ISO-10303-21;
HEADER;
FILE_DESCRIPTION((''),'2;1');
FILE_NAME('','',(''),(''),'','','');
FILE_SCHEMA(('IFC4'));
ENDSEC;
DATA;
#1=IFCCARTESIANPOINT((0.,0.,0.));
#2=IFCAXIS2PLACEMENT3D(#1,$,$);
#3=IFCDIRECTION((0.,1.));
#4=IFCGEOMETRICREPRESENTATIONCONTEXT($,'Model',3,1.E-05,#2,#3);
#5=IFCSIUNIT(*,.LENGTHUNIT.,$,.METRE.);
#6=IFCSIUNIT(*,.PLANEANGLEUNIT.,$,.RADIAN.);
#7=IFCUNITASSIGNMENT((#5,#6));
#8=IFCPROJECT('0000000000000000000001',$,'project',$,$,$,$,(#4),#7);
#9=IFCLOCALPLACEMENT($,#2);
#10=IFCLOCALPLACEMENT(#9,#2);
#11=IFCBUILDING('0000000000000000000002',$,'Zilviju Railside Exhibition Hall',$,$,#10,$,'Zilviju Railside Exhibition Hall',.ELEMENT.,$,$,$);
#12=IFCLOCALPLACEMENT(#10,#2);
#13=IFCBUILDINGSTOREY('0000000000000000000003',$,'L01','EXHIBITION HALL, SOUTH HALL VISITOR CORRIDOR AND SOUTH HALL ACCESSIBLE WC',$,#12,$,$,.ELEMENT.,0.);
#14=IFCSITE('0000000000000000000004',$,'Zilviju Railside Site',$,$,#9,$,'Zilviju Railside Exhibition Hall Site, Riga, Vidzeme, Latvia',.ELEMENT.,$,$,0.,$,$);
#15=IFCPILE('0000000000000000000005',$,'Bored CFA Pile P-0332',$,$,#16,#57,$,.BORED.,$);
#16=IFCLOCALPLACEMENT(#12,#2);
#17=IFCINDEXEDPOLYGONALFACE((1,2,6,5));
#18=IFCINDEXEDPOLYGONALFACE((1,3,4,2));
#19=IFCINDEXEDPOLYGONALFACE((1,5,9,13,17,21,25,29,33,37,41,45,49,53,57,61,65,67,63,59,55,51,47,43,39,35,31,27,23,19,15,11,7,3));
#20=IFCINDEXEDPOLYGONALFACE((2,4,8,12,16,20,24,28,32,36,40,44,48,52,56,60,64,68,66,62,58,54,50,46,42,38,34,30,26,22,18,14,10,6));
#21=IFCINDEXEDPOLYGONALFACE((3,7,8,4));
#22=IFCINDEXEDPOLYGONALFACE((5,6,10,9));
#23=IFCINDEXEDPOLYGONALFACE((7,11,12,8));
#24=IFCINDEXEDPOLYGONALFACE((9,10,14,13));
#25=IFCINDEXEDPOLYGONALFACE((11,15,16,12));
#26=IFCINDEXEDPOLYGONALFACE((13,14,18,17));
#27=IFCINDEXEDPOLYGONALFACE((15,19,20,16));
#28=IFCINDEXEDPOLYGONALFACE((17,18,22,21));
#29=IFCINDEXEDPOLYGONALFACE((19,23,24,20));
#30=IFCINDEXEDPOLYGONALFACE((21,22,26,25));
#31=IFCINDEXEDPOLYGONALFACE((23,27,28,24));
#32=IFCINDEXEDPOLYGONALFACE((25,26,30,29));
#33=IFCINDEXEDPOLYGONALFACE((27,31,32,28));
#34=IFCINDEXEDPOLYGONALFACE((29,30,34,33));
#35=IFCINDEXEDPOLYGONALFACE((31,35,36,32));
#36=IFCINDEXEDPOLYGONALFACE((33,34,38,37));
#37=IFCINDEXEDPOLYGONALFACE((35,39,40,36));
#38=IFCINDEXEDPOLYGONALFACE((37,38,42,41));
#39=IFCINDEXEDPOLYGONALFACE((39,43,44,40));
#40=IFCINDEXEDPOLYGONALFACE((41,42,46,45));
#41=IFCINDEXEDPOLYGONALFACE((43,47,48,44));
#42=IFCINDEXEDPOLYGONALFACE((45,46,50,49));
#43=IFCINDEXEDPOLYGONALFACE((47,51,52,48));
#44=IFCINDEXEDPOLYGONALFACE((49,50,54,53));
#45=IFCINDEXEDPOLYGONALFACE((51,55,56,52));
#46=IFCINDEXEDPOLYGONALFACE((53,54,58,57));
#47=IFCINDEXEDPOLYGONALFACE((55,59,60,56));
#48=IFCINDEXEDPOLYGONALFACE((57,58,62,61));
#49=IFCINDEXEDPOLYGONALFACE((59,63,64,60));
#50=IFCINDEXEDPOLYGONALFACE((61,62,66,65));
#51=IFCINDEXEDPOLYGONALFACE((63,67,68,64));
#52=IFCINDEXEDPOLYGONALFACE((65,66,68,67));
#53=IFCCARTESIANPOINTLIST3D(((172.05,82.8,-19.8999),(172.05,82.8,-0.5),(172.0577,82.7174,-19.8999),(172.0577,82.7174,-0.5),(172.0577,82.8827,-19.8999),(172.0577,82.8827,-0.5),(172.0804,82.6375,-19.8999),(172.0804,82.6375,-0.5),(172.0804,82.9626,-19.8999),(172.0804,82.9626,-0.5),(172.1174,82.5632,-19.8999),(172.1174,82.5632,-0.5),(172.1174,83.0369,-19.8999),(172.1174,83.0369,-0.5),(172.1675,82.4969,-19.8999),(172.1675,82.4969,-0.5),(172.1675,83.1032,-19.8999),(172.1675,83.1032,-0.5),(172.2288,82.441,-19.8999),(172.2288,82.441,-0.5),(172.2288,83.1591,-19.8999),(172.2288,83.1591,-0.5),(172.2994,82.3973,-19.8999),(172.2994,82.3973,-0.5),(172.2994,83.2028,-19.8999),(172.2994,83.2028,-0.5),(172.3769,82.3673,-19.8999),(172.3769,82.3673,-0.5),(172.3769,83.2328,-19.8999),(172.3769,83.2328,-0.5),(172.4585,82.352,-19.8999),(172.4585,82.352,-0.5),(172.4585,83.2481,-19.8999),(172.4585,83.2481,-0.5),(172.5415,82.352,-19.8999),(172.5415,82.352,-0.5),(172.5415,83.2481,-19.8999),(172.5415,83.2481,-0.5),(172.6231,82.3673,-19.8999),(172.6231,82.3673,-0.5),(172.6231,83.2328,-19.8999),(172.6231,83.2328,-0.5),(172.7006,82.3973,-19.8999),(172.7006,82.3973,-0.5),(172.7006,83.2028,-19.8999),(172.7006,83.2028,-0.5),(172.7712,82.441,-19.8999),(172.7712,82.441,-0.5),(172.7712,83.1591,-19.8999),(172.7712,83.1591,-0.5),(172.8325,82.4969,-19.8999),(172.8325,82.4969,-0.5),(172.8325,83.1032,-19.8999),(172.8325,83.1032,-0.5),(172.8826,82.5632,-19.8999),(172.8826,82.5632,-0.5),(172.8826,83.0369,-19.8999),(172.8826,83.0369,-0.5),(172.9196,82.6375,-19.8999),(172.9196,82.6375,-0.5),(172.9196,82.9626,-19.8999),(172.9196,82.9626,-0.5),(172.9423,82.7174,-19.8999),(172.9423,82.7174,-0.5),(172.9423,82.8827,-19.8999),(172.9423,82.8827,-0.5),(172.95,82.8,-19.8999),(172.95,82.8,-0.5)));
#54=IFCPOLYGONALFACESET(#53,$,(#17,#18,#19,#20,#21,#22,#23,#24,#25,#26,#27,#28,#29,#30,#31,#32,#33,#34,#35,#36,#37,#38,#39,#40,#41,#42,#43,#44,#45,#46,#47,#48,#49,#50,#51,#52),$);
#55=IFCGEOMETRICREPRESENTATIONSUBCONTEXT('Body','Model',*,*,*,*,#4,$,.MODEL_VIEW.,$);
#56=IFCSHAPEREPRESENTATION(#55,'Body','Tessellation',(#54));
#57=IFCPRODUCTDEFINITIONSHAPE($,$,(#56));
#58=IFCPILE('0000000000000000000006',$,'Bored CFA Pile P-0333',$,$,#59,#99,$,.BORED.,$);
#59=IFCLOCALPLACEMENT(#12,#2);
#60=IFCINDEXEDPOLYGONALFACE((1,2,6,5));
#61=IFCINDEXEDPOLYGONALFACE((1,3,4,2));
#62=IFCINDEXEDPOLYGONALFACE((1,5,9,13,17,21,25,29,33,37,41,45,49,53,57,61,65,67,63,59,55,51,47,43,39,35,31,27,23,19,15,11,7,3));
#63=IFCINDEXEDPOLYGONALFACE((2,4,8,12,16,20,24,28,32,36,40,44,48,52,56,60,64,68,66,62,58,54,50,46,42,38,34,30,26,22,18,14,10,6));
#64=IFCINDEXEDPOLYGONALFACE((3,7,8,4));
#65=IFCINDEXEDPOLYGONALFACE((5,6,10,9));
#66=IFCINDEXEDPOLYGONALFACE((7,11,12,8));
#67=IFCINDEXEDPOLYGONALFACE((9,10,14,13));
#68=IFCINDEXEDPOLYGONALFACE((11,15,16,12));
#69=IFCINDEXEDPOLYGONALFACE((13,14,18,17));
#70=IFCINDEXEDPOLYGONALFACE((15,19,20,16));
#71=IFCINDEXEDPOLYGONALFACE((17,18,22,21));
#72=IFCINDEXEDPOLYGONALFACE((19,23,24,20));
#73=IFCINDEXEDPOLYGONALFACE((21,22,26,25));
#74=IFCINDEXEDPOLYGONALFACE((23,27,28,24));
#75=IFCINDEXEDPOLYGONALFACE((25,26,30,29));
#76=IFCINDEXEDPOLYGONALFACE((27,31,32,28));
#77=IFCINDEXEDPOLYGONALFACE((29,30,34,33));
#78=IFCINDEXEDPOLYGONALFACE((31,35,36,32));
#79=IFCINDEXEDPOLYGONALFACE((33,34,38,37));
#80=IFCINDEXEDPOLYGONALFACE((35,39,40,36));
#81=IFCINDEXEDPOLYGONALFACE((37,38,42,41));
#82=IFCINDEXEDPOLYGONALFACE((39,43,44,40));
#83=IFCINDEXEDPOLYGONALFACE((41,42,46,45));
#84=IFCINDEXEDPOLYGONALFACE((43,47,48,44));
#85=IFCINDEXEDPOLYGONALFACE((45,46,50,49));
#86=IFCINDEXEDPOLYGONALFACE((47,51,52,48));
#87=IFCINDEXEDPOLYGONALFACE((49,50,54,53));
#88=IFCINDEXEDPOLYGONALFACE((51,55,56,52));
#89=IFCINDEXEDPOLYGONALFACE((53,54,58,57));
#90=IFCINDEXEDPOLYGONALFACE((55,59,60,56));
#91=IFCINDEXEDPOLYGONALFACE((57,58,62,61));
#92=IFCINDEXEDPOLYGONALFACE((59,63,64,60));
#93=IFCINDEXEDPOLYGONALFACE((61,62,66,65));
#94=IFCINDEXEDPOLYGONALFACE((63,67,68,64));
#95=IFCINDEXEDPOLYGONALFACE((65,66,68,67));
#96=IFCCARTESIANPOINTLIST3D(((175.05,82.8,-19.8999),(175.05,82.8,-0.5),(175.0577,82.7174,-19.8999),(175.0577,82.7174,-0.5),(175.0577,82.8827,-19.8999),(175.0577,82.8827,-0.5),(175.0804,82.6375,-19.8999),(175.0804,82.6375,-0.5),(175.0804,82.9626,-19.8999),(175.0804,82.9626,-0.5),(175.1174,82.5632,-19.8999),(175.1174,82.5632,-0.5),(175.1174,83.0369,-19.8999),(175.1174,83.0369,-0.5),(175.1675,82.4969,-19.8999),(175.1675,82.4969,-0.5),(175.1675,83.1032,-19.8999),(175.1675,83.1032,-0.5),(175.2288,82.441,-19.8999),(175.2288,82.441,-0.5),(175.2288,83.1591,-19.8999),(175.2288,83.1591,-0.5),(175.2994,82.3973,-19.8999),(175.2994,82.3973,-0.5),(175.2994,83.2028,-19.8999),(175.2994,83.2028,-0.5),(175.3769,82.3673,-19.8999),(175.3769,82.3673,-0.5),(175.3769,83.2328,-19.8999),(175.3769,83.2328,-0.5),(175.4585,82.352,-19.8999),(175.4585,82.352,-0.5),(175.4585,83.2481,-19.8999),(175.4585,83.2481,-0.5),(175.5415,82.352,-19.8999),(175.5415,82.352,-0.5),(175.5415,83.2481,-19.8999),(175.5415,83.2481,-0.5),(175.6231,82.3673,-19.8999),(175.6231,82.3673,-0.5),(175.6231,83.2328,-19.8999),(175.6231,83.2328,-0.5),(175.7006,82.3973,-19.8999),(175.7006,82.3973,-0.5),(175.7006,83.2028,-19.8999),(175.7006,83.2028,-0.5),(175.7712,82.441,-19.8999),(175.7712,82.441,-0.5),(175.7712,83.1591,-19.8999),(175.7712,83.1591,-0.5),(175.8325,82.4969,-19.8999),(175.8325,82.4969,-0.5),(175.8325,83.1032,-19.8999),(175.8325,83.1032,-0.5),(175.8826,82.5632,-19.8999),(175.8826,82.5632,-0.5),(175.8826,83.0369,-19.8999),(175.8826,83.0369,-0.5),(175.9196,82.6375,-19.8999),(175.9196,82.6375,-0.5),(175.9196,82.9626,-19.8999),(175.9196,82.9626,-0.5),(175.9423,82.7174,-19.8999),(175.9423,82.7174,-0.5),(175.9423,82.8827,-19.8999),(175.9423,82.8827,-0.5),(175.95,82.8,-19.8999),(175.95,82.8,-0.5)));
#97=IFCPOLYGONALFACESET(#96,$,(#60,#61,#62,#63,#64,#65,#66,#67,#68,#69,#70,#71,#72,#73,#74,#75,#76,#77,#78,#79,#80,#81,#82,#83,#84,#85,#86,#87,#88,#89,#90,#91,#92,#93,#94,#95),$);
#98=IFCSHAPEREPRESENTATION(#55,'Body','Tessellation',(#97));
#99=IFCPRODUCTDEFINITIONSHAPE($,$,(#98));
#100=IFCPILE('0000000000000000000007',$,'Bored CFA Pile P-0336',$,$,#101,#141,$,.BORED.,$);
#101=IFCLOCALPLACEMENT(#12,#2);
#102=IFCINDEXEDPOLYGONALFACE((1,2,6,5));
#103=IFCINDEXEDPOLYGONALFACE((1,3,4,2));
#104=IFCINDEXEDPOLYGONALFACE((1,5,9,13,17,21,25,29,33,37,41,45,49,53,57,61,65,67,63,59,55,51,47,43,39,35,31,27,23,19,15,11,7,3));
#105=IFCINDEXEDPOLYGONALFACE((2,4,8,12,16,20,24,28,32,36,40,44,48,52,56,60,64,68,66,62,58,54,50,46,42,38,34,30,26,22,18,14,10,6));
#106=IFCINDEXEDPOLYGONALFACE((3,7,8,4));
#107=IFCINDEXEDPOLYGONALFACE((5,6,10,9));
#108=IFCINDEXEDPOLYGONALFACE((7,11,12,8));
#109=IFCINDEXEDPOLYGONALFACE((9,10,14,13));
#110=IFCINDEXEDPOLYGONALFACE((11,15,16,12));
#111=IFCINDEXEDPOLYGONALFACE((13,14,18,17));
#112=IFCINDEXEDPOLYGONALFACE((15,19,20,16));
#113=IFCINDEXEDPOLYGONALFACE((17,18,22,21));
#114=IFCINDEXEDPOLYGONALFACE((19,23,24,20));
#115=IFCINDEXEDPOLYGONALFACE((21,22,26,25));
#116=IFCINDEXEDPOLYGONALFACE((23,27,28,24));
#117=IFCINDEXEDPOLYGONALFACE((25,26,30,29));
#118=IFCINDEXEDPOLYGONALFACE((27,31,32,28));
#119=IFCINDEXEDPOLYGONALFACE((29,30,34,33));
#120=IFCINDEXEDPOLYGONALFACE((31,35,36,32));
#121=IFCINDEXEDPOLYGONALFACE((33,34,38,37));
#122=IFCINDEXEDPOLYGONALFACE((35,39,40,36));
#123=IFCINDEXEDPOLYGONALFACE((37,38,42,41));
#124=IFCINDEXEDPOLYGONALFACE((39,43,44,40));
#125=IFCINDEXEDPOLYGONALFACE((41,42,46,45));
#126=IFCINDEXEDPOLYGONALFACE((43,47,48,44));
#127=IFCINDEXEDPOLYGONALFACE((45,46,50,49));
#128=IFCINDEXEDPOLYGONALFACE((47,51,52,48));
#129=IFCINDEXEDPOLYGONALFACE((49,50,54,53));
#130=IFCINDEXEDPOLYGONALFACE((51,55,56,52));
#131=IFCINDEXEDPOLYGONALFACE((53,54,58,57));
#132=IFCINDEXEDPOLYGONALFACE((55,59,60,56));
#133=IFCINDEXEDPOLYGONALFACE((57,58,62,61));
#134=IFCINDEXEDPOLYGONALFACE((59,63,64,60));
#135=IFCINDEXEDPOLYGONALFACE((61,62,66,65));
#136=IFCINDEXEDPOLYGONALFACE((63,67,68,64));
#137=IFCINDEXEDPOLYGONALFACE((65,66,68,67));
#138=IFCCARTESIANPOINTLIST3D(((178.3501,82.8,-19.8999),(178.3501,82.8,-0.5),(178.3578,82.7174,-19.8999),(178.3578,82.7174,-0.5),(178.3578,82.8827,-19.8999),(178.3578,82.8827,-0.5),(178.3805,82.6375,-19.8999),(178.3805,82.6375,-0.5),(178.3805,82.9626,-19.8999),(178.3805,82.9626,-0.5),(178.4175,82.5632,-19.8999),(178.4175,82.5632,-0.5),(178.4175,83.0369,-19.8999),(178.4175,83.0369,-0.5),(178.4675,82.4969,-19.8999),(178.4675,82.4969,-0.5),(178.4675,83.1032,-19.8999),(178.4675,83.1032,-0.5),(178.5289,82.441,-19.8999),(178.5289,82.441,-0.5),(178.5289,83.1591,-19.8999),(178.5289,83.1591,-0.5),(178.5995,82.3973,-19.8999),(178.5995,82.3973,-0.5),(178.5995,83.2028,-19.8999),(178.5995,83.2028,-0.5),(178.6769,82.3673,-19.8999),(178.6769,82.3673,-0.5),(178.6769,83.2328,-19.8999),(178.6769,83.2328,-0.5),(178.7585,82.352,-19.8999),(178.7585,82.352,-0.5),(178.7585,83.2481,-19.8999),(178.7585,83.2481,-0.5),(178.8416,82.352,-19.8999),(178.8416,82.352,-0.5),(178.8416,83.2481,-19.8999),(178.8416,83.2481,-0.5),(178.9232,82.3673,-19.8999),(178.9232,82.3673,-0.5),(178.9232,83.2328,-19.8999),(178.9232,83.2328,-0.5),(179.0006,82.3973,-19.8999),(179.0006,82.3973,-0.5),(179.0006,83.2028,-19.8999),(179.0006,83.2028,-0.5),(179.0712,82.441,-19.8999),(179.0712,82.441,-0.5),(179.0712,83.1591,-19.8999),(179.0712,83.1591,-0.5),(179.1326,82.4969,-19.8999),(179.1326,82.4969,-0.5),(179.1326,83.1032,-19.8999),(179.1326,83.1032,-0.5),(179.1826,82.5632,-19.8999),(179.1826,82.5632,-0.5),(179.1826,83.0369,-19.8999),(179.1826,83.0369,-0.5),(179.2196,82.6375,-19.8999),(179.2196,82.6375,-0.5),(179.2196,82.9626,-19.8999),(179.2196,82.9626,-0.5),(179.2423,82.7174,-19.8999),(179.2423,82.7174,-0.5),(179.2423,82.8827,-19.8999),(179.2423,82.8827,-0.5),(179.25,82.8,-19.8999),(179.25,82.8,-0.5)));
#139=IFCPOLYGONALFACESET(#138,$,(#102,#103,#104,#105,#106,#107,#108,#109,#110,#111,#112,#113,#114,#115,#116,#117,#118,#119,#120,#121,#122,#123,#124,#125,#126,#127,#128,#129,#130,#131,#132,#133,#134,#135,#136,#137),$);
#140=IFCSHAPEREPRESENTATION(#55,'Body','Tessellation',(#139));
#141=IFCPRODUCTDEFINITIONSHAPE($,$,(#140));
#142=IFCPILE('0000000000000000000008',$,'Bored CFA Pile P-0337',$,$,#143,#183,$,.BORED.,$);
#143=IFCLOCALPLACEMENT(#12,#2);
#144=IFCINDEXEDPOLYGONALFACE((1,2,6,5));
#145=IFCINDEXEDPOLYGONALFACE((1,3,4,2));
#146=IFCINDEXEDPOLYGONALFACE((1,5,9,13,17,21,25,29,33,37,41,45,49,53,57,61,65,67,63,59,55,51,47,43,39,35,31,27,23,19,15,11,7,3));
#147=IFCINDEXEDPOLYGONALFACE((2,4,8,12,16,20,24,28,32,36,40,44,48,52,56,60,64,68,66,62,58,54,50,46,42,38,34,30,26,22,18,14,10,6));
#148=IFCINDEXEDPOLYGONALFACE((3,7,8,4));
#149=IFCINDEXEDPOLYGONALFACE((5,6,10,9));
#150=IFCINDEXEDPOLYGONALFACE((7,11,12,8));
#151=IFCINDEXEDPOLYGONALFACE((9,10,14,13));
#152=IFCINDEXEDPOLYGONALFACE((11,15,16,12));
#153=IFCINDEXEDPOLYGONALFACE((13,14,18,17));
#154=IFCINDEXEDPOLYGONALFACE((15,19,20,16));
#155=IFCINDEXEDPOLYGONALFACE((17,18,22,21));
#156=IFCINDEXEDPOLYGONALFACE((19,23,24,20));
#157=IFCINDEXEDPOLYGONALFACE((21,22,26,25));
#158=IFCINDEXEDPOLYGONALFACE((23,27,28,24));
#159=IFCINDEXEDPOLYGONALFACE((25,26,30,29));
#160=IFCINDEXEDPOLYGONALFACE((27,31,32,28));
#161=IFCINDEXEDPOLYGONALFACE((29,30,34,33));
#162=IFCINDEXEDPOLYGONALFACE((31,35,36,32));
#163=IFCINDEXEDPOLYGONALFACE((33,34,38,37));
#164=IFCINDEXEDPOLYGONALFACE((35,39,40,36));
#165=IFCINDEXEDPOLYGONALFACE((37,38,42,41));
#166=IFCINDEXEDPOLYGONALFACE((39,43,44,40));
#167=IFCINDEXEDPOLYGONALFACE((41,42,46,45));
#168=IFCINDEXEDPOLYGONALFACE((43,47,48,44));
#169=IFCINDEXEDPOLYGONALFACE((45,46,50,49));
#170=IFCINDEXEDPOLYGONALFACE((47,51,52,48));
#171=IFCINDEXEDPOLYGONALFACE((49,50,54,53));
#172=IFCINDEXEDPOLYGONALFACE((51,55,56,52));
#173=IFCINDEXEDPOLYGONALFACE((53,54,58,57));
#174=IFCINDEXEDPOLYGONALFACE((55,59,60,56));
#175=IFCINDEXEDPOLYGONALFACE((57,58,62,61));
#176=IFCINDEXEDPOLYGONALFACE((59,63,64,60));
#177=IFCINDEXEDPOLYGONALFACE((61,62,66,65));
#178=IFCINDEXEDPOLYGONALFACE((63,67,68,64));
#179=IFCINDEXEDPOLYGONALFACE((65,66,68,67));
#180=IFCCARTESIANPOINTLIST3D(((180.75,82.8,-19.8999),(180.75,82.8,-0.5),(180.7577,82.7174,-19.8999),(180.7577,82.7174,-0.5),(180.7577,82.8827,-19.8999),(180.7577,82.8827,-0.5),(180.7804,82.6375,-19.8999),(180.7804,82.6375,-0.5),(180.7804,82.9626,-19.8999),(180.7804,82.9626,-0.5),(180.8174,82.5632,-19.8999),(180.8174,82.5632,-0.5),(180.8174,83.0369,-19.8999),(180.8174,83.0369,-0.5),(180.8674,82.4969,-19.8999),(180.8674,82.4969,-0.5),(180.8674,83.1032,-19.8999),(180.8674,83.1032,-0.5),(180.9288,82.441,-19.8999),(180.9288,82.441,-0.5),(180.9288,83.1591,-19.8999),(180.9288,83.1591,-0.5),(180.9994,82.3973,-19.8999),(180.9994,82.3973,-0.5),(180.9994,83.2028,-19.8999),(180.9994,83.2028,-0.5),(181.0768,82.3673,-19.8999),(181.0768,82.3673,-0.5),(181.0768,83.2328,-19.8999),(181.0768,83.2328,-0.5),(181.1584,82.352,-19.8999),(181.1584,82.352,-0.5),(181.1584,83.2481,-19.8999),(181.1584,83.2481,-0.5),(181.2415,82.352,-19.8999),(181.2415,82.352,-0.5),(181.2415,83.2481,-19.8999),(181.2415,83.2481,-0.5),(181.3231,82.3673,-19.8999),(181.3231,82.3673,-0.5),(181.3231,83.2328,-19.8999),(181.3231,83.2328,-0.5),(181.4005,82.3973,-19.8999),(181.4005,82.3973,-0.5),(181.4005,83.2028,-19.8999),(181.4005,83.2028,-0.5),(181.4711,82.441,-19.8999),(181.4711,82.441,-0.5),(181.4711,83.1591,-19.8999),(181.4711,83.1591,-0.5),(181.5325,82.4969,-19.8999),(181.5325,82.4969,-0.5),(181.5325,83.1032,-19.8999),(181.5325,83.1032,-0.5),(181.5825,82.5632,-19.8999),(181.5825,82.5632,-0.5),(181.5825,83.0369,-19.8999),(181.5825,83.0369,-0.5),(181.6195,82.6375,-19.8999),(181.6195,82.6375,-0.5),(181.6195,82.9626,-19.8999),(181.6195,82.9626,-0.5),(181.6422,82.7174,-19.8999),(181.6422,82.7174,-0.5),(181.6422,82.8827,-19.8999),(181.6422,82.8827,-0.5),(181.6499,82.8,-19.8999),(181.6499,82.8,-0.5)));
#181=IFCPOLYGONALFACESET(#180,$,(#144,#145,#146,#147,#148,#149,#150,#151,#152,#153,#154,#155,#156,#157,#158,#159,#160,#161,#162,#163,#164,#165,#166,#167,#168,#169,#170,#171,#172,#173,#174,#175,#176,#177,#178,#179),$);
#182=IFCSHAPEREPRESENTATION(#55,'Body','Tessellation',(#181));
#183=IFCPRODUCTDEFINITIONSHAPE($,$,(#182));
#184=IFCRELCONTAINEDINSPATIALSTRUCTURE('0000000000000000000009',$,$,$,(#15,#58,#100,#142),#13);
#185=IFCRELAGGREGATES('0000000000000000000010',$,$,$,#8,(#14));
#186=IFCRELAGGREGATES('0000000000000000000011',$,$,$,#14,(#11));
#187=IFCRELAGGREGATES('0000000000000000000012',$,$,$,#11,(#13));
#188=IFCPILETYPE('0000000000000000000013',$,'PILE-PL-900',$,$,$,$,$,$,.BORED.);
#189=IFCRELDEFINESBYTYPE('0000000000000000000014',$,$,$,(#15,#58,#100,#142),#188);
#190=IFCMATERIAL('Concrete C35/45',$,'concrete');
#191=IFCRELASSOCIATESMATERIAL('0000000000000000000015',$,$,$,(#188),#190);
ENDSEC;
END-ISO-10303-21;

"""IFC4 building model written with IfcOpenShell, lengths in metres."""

from ifc_helpers import new_model, si_unit, direction, frame, origin, origin_2d, place, context, subcontext, project, spatial, circle, extrude, material, material_profile, profile_set, type_object, element, save


model = new_model("IFC4")

# Units and contexts
model_context = context("Model", 3, precision=1e-05, world=origin(), true_north=direction((0.0, 1.0)))
body_context = subcontext(model_context, "Body", "Model", "MODEL_VIEW")
ifc_project = project(units=[si_unit("LENGTHUNIT", "METRE"), si_unit("PLANEANGLEUNIT", "RADIAN")], contexts=[model_context])

# Site, building, storey
site_placement = place(None, origin())
site = spatial("IfcSite", under=ifc_project, at=site_placement, Name="Zilviju Railside Site", LongName="Zilviju Railside Exhibition Hall Site, Riga, Vidzeme, Latvia", CompositionType="ELEMENT", RefElevation=0.0)
building_placement = place(site_placement, origin())
building = spatial("IfcBuilding", under=site, at=building_placement, Name="Zilviju Railside Exhibition Hall", LongName="Zilviju Railside Exhibition Hall", CompositionType="ELEMENT")
storey_placement = place(building_placement, origin())
storey = spatial("IfcBuildingStorey", under=building, at=storey_placement, Name="L01", Description="EXHIBITION HALL, SOUTH HALL VISITOR CORRIDOR AND SOUTH HALL ACCESSIBLE WC", CompositionType="ELEMENT", Elevation=0.0)

# Shared definitions
ifc_material_1 = material(Name="Concrete C35/45", Category="concrete")

# Piles
ifc_material_profile_1 = material_profile(ifc_material_1, circle(Radius=0.45, at=origin_2d()), Name="CFA PILE D900")
ifc_profile_set_1 = profile_set([ifc_material_profile_1], Name="Concrete C35/45")
pile_type = type_object("IfcPileType", Name="PILE-PL-900", PredefinedType="BORED", material=ifc_profile_set_1)
for number, where, z_axis, x_axis, name in (
    (1, (172.5, 82.8, -0.5), (0.0, 0.0, -1.0), (1.0, 0.0, 0.0), "Bored CFA Pile P-0332"),
    (2, (175.5, 82.8, -0.5), (0.0, 0.0, -1.0), (1.0, 0.0, 0.0), "Bored CFA Pile P-0333"),
    (3, (178.8, 82.8, -0.5), (0.0, 0.0, -1.0), (1.0, 0.0, 0.0), "Bored CFA Pile P-0336"),
    (4, (181.2, 82.8, -0.5), (0.0, 0.0, -1.0), (1.0, 0.0, 0.0), "Bored CFA Pile P-0337"),
):
    element("IfcPile", number, at=place(storey_placement, frame(where, z_axis=z_axis, x_axis=x_axis)), inside=storey, type_object=pile_type, Name=name, PredefinedType="BORED", context=body_context, shape_type="SweptSolid", body=[
        extrude(circle(Radius=0.45, at=origin_2d()), origin(), (0.0, 0.0, 1.0), 19.3999),
    ])

save(model, "model.ifc")
